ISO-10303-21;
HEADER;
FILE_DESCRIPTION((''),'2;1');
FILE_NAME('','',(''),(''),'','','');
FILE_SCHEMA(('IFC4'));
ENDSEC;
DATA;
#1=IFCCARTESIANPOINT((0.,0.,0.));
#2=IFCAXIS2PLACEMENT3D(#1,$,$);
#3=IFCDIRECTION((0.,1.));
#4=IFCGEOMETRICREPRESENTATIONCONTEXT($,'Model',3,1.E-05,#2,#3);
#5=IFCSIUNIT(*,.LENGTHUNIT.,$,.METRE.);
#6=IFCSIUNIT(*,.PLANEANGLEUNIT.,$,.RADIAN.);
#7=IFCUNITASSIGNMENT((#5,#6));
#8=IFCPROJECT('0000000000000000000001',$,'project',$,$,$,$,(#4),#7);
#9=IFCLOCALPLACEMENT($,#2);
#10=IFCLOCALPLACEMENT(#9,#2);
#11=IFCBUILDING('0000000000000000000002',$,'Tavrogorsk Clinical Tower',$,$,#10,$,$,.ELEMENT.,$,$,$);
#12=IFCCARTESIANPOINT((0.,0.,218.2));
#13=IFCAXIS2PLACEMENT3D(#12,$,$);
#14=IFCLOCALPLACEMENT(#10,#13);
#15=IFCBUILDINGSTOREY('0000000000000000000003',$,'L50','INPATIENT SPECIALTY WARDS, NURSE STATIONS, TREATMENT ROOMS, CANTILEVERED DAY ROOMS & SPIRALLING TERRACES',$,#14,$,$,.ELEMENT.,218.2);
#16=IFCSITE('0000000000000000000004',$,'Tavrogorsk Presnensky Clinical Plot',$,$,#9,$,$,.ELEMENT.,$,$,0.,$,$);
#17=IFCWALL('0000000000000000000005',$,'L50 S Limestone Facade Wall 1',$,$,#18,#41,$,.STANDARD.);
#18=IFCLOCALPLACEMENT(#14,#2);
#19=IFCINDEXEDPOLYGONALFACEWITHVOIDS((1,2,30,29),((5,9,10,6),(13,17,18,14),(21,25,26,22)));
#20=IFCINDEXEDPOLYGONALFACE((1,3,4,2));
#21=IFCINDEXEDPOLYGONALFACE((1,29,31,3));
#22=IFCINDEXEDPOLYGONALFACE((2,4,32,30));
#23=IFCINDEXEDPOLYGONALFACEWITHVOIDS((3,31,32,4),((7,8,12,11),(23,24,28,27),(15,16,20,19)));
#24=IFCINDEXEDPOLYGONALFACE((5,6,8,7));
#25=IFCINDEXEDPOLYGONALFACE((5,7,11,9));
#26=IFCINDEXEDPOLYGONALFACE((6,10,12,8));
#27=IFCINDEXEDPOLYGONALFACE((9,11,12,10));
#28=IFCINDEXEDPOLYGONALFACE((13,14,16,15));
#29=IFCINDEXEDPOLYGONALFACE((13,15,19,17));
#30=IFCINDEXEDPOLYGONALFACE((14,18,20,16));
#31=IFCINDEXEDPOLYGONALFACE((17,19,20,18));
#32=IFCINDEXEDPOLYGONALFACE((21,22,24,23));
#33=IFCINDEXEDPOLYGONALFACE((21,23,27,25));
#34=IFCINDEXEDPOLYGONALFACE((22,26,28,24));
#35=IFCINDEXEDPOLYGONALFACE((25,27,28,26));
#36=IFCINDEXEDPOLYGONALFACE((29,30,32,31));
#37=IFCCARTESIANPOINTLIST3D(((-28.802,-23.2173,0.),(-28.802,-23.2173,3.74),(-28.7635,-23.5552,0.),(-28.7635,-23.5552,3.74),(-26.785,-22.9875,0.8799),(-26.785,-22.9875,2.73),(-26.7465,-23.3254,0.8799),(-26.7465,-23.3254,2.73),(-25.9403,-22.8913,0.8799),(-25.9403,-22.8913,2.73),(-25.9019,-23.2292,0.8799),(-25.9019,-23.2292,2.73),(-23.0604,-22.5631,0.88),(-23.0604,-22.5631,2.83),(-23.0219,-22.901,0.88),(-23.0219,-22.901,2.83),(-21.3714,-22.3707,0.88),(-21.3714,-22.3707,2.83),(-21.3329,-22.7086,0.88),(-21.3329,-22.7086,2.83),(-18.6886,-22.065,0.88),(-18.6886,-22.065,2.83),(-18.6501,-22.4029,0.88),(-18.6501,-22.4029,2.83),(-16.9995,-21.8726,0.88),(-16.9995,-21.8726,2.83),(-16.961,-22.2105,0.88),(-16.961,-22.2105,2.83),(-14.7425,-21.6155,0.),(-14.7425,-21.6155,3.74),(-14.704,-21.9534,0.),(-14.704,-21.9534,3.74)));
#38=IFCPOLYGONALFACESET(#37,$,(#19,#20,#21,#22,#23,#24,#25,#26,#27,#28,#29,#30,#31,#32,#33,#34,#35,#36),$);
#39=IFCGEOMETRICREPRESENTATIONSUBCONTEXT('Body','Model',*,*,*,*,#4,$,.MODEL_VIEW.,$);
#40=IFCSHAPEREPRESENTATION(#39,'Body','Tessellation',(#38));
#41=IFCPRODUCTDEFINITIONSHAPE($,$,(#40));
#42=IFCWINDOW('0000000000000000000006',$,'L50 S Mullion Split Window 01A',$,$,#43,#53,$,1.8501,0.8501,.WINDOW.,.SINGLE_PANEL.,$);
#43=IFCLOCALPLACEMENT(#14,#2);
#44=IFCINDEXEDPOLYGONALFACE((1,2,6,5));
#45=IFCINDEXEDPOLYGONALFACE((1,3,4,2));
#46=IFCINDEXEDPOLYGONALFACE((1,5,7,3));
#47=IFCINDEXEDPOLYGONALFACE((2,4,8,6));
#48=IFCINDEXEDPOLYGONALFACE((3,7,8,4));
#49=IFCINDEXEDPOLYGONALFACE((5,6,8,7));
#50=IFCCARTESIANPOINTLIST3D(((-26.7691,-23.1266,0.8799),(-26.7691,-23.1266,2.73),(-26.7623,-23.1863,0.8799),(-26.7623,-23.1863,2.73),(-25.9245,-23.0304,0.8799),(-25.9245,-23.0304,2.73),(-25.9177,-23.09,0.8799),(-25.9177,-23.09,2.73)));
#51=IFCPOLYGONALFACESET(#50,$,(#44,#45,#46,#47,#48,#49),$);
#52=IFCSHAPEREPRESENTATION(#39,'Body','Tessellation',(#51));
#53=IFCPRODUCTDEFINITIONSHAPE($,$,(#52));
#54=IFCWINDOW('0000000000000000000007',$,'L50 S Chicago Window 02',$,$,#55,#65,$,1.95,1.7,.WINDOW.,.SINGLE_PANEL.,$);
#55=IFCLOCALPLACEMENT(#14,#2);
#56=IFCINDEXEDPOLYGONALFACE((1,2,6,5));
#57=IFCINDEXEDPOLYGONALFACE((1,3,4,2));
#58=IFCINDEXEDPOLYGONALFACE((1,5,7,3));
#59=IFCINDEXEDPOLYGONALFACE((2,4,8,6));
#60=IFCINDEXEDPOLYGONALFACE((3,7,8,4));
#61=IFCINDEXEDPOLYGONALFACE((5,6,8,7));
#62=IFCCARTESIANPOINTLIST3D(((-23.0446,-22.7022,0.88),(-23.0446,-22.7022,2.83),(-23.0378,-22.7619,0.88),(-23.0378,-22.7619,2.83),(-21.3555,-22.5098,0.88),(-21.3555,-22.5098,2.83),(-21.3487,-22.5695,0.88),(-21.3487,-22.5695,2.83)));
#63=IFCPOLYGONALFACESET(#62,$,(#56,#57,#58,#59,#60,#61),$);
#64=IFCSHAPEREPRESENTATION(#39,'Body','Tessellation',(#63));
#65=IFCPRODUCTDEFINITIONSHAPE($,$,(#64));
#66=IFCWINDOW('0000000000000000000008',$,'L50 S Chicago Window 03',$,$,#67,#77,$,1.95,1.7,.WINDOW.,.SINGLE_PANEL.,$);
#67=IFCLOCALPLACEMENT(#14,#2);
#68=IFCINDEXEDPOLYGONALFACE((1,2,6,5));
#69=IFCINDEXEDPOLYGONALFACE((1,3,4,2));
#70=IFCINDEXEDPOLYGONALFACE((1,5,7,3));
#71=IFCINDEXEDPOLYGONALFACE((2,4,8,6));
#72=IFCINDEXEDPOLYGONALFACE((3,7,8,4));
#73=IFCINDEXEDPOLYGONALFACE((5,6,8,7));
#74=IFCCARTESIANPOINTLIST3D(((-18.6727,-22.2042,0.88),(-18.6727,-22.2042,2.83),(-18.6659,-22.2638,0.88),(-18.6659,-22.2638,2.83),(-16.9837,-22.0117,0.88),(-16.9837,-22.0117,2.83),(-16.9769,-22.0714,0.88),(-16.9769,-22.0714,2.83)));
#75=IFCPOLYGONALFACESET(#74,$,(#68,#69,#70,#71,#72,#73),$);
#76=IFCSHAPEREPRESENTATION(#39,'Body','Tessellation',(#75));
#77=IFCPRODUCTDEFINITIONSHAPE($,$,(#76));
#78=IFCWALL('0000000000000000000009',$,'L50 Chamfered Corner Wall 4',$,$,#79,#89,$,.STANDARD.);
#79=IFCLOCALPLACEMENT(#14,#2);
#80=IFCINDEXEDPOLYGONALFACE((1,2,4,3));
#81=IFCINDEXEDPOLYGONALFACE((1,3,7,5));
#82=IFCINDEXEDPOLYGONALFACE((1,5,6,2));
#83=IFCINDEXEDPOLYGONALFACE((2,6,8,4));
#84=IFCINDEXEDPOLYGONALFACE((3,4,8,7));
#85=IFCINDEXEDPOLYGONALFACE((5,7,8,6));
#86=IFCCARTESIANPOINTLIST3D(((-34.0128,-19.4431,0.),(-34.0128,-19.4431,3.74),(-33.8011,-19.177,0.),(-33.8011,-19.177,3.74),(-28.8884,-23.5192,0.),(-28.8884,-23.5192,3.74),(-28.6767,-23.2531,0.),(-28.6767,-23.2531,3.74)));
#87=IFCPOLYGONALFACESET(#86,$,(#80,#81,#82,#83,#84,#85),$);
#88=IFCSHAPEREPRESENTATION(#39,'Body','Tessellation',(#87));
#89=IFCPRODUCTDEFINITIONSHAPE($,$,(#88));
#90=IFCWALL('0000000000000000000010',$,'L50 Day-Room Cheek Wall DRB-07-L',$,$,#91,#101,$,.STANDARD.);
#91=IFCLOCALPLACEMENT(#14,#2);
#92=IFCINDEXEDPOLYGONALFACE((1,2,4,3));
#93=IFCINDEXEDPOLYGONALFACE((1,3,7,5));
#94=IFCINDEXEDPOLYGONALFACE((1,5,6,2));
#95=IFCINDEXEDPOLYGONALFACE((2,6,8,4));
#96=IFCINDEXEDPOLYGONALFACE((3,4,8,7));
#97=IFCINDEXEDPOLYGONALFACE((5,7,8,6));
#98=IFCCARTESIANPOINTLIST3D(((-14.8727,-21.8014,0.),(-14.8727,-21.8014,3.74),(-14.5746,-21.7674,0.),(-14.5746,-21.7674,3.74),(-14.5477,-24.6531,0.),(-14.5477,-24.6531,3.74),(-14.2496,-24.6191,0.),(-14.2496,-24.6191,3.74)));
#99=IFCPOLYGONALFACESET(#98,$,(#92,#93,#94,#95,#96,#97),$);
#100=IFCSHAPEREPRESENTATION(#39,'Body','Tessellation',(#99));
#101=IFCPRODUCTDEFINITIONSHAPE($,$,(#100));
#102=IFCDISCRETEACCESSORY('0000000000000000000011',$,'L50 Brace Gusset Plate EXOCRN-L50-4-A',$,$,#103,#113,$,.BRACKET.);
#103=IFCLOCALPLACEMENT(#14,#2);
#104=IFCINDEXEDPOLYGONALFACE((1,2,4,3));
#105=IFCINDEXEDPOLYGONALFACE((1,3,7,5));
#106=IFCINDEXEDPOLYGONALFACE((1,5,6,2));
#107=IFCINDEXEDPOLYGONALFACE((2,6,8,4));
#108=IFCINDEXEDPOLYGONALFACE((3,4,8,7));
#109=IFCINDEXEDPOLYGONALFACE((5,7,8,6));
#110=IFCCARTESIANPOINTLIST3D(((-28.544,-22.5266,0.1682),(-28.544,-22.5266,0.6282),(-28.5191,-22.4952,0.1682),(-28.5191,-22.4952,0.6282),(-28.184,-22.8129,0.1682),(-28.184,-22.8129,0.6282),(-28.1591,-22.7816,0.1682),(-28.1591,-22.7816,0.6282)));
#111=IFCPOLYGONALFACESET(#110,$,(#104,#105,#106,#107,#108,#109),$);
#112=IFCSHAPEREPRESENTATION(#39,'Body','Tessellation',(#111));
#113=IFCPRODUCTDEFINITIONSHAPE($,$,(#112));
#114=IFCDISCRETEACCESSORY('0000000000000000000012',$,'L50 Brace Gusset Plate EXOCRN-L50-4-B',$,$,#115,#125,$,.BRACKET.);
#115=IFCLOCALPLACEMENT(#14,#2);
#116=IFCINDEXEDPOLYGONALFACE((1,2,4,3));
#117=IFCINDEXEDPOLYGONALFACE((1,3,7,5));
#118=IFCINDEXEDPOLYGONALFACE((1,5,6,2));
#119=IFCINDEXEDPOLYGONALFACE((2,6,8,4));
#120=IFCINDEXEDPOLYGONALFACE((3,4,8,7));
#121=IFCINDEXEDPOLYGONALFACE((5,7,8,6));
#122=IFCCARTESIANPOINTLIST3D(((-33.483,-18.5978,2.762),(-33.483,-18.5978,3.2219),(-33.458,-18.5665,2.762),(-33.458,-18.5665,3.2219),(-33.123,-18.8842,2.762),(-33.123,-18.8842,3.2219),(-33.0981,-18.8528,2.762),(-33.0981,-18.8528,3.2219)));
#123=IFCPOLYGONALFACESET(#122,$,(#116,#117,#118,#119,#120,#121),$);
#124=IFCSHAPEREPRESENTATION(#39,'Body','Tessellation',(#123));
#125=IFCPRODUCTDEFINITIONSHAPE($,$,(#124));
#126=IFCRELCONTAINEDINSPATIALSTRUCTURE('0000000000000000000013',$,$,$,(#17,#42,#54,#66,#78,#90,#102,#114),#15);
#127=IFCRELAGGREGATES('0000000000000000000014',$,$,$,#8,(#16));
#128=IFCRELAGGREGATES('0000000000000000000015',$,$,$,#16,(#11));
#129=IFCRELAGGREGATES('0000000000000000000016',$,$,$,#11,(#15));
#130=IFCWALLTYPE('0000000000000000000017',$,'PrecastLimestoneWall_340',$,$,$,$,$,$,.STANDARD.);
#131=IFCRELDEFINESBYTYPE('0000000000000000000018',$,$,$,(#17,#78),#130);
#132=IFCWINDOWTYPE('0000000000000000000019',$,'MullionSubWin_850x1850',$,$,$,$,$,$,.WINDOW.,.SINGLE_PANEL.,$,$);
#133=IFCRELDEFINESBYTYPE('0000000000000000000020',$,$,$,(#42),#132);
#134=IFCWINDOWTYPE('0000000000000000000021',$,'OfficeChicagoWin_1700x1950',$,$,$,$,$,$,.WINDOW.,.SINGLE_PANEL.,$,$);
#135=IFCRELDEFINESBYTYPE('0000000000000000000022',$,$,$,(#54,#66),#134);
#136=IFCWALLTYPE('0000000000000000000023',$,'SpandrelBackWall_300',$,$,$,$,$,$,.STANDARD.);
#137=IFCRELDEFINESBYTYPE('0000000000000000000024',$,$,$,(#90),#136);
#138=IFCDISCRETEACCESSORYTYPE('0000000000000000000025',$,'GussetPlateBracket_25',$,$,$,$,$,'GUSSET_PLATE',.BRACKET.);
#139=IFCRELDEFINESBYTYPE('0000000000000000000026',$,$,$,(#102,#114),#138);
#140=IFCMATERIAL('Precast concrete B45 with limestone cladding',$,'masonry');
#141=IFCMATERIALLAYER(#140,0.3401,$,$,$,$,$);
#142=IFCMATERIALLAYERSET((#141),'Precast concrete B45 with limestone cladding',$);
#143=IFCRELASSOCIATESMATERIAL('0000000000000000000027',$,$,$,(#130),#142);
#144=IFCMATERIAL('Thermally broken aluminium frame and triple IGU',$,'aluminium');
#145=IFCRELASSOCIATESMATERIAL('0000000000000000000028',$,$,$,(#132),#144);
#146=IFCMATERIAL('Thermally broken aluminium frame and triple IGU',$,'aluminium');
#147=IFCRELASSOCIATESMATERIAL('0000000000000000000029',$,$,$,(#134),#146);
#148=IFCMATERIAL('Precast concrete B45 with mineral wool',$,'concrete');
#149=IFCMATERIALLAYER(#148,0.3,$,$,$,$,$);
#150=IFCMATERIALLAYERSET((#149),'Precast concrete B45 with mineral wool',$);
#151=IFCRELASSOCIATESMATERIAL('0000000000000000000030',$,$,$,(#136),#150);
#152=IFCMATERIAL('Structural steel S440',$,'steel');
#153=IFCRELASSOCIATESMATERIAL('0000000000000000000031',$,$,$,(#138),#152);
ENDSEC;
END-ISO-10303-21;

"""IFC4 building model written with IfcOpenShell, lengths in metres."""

from ifc_helpers import new_model, si_unit, direction, frame, frame_2d, origin, origin_2d, place, context, subcontext, project, spatial, rectangle, extrude, material, layer, layer_set, type_object, element, fill, save


model = new_model("IFC4")

# Units and contexts
model_context = context("Model", 3, precision=1e-05, world=origin(), true_north=direction((0.0, 1.0)))
body_context = subcontext(model_context, "Body", "Model", "MODEL_VIEW")
ifc_project = project(units=[si_unit("LENGTHUNIT", "METRE"), si_unit("PLANEANGLEUNIT", "RADIAN")], contexts=[model_context])

# Site, building, storey
site_placement = place(None, origin())
site = spatial("IfcSite", under=ifc_project, at=site_placement, Name="Tavrogorsk Presnensky Clinical Plot", CompositionType="ELEMENT", RefElevation=0.0)
building_placement = place(site_placement, origin())
building = spatial("IfcBuilding", under=site, at=building_placement, Name="Tavrogorsk Clinical Tower", CompositionType="ELEMENT")
storey_placement = place(building_placement, frame((0.0, 0.0, 218.2)))
storey = spatial("IfcBuildingStorey", under=building, at=storey_placement, Name="L50", Description="INPATIENT SPECIALTY WARDS, NURSE STATIONS, TREATMENT ROOMS, CANTILEVERED DAY ROOMS & SPIRALLING TERRACES", CompositionType="ELEMENT", Elevation=218.2)

# Wall, openings, windows
ifc_material_1 = material(Name="Precast concrete B45 with limestone cladding", Category="masonry")
ifc_layer_1 = layer(ifc_material_1, 0.3401)
ifc_layer_set_1 = layer_set([ifc_layer_1], Name="Precast concrete B45 with limestone cladding")
wall_type_1 = type_object("IfcWallType", Name="PrecastLimestoneWall_340", PredefinedType="STANDARD", material=ifc_layer_set_1)
wall_1_placement = place(storey_placement, frame((-28.7827, -23.3862, 0.0), z_axis=(0.0, 0.0, 1.0), x_axis=(0.993572, 0.1132, 0.0)))
wall_1 = element("IfcWall", 1, at=wall_1_placement, inside=storey, type_object=wall_type_1, Name="L50 S Limestone Facade Wall 1", PredefinedType="STANDARD", context=body_context, shape_type="SweptSolid", body=[
    extrude(rectangle(XDim=14.1504, YDim=0.3401, at=frame_2d((7.0752, 0.0))), origin(), (0.0, 0.0, 1.0), 3.74),
])
opening_1_placement = place(wall_1_placement, frame((2.03, 0.0, 0.8799)))
opening_1 = element("IfcOpeningElement", 2, at=opening_1_placement, cuts=wall_1, PredefinedType="OPENING", context=body_context, shape_type="SweptSolid", body=[
    extrude(rectangle(XDim=0.8501, YDim=1.8501, at=frame_2d((0.425, 0.925))), frame((0.0, 0.1799, 0.0), z_axis=(0.0, -1.0, 0.0), x_axis=(1.0, 0.0, 0.0)), (0.0, 0.0, 1.0), 0.3601),
])
opening_2_placement = place(wall_1_placement, frame((5.7786, 0.0, 0.8799)))
opening_2 = element("IfcOpeningElement", 3, at=opening_2_placement, cuts=wall_1, PredefinedType="OPENING", context=body_context, shape_type="SweptSolid", body=[
    extrude(rectangle(XDim=1.7, YDim=1.95, at=frame_2d((0.8501, 0.9751))), frame((0.0, 0.1799, 0.0), z_axis=(0.0, -1.0, 0.0), x_axis=(1.0, 0.0, 0.0)), (0.0, 0.0, 1.0), 0.3601),
])
opening_3_placement = place(wall_1_placement, frame((10.1787, 0.0, 0.8799)))
opening_3 = element("IfcOpeningElement", 4, at=opening_3_placement, cuts=wall_1, PredefinedType="OPENING", context=body_context, shape_type="SweptSolid", body=[
    extrude(rectangle(XDim=1.7, YDim=1.95, at=frame_2d((0.8501, 0.9751))), frame((0.0, 0.1799, 0.0), z_axis=(0.0, -1.0, 0.0), x_axis=(1.0, 0.0, 0.0)), (0.0, 0.0, 1.0), 0.3601),
])
ifc_material_2 = material(Name="Thermally broken aluminium frame and triple IGU", Category="aluminium")
window_type_1 = type_object("IfcWindowType", Name="MullionSubWin_850x1850", PartitioningType="SINGLE_PANEL", PredefinedType="WINDOW", material=ifc_material_2)
window_1_placement = place(opening_1_placement, origin())
window_1 = element("IfcWindow", 5, at=window_1_placement, inside=storey, type_object=window_type_1, Name="L50 S Mullion Split Window 01A", OverallHeight=1.8501, OverallWidth=0.8501, PartitioningType="SINGLE_PANEL", PredefinedType="WINDOW", context=body_context, shape_type="SweptSolid", body=[
    extrude(rectangle(XDim=0.8501, YDim=1.8501, at=frame_2d((0.425, 0.925))), frame((0.0, 0.03, 0.0), z_axis=(0.0, -1.0, 0.0), x_axis=(1.0, 0.0, 0.0)), (0.0, 0.0, 1.0), 0.0601),
])
fill(opening_1, window_1)
ifc_material_3 = material(Name="Thermally broken aluminium frame and triple IGU", Category="aluminium")
window_type_2 = type_object("IfcWindowType", Name="OfficeChicagoWin_1700x1950", PartitioningType="SINGLE_PANEL", PredefinedType="WINDOW", material=ifc_material_3)
window_2_placement = place(opening_2_placement, origin())
window_2 = element("IfcWindow", 6, at=window_2_placement, inside=storey, type_object=window_type_2, Name="L50 S Chicago Window 02", OverallHeight=1.95, OverallWidth=1.7, PartitioningType="SINGLE_PANEL", PredefinedType="WINDOW", context=body_context, shape_type="SweptSolid", body=[
    extrude(rectangle(XDim=1.7, YDim=1.95, at=frame_2d((0.8501, 0.9751))), frame((0.0, 0.03, 0.0), z_axis=(0.0, -1.0, 0.0), x_axis=(1.0, 0.0, 0.0)), (0.0, 0.0, 1.0), 0.0601),
])
fill(opening_2, window_2)
window_3_placement = place(opening_3_placement, origin())
window_3 = element("IfcWindow", 7, at=window_3_placement, inside=storey, type_object=window_type_2, Name="L50 S Chicago Window 03", OverallHeight=1.95, OverallWidth=1.7, PartitioningType="SINGLE_PANEL", PredefinedType="WINDOW", context=body_context, shape_type="SweptSolid", body=[
    extrude(rectangle(XDim=1.7, YDim=1.95, at=frame_2d((0.8501, 0.9751))), frame((0.0, 0.03, 0.0), z_axis=(0.0, -1.0, 0.0), x_axis=(1.0, 0.0, 0.0)), (0.0, 0.0, 1.0), 0.0601),
])
fill(opening_3, window_3)

# Walls
wall_2_placement = place(storey_placement, frame((-33.907, -19.3101, 0.0), z_axis=(0.0, 0.0, 1.0), x_axis=(0.782612, -0.62251, 0.0)))
element("IfcWall", 8, at=wall_2_placement, inside=storey, type_object=wall_type_1, Name="L50 Chamfered Corner Wall 4", PredefinedType="STANDARD", context=body_context, shape_type="SweptSolid", body=[
    extrude(rectangle(XDim=6.5479, YDim=0.3401, at=frame_2d((3.2739, 0.0))), origin(), (0.0, 0.0, 1.0), 3.74),
])
ifc_material_4 = material(Name="Precast concrete B45 with mineral wool", Category="concrete")
ifc_layer_2 = layer(ifc_material_4, 0.3)
ifc_layer_set_2 = layer_set([ifc_layer_2], Name="Precast concrete B45 with mineral wool")
wall_type_2 = type_object("IfcWallType", Name="SpandrelBackWall_300", PredefinedType="STANDARD", material=ifc_layer_set_2)
wall_3_placement = place(storey_placement, frame((-14.7236, -21.7844, 0.0), z_axis=(0.0, 0.0, 1.0), x_axis=(0.113223, -0.99357, 0.0)))
element("IfcWall", 9, at=wall_3_placement, inside=storey, type_object=wall_type_2, Name="L50 Day-Room Cheek Wall DRB-07-L", PredefinedType="STANDARD", context=body_context, shape_type="SweptSolid", body=[
    extrude(rectangle(XDim=2.8701, YDim=0.3, at=frame_2d((1.4351, 0.0))), origin(), (0.0, 0.0, 1.0), 3.74),
])

# Discrete accessories
ifc_material_5 = material(Name="Structural steel S440", Category="steel")
discrete_accessory_type = type_object("IfcDiscreteAccessoryType", Name="GussetPlateBracket_25", ElementType="GUSSET_PLATE", PredefinedType="BRACKET", material=ifc_material_5)
for number, where, z_axis, x_axis, name in (
    (10, (-28.3516, -22.6541, 0.1682), (0.0, 0.0, 1.0), (-0.782608, 0.622515, 0.0), "L50 Brace Gusset Plate EXOCRN-L50-4-A"),
    (11, (-33.2905, -18.7253, 2.762), (0.0, 0.0, 1.0), (-0.782608, 0.622515, 0.0), "L50 Brace Gusset Plate EXOCRN-L50-4-B"),
):
    element("IfcDiscreteAccessory", number, at=place(storey_placement, frame(where, z_axis=z_axis, x_axis=x_axis)), inside=storey, type_object=discrete_accessory_type, Name=name, PredefinedType="BRACKET", context=body_context, shape_type="SweptSolid", body=[
        extrude(rectangle(XDim=0.46, YDim=0.04, at=origin_2d()), origin(), (0.0, 0.0, 1.0), 0.46),
    ])

save(model, "model.ifc")
